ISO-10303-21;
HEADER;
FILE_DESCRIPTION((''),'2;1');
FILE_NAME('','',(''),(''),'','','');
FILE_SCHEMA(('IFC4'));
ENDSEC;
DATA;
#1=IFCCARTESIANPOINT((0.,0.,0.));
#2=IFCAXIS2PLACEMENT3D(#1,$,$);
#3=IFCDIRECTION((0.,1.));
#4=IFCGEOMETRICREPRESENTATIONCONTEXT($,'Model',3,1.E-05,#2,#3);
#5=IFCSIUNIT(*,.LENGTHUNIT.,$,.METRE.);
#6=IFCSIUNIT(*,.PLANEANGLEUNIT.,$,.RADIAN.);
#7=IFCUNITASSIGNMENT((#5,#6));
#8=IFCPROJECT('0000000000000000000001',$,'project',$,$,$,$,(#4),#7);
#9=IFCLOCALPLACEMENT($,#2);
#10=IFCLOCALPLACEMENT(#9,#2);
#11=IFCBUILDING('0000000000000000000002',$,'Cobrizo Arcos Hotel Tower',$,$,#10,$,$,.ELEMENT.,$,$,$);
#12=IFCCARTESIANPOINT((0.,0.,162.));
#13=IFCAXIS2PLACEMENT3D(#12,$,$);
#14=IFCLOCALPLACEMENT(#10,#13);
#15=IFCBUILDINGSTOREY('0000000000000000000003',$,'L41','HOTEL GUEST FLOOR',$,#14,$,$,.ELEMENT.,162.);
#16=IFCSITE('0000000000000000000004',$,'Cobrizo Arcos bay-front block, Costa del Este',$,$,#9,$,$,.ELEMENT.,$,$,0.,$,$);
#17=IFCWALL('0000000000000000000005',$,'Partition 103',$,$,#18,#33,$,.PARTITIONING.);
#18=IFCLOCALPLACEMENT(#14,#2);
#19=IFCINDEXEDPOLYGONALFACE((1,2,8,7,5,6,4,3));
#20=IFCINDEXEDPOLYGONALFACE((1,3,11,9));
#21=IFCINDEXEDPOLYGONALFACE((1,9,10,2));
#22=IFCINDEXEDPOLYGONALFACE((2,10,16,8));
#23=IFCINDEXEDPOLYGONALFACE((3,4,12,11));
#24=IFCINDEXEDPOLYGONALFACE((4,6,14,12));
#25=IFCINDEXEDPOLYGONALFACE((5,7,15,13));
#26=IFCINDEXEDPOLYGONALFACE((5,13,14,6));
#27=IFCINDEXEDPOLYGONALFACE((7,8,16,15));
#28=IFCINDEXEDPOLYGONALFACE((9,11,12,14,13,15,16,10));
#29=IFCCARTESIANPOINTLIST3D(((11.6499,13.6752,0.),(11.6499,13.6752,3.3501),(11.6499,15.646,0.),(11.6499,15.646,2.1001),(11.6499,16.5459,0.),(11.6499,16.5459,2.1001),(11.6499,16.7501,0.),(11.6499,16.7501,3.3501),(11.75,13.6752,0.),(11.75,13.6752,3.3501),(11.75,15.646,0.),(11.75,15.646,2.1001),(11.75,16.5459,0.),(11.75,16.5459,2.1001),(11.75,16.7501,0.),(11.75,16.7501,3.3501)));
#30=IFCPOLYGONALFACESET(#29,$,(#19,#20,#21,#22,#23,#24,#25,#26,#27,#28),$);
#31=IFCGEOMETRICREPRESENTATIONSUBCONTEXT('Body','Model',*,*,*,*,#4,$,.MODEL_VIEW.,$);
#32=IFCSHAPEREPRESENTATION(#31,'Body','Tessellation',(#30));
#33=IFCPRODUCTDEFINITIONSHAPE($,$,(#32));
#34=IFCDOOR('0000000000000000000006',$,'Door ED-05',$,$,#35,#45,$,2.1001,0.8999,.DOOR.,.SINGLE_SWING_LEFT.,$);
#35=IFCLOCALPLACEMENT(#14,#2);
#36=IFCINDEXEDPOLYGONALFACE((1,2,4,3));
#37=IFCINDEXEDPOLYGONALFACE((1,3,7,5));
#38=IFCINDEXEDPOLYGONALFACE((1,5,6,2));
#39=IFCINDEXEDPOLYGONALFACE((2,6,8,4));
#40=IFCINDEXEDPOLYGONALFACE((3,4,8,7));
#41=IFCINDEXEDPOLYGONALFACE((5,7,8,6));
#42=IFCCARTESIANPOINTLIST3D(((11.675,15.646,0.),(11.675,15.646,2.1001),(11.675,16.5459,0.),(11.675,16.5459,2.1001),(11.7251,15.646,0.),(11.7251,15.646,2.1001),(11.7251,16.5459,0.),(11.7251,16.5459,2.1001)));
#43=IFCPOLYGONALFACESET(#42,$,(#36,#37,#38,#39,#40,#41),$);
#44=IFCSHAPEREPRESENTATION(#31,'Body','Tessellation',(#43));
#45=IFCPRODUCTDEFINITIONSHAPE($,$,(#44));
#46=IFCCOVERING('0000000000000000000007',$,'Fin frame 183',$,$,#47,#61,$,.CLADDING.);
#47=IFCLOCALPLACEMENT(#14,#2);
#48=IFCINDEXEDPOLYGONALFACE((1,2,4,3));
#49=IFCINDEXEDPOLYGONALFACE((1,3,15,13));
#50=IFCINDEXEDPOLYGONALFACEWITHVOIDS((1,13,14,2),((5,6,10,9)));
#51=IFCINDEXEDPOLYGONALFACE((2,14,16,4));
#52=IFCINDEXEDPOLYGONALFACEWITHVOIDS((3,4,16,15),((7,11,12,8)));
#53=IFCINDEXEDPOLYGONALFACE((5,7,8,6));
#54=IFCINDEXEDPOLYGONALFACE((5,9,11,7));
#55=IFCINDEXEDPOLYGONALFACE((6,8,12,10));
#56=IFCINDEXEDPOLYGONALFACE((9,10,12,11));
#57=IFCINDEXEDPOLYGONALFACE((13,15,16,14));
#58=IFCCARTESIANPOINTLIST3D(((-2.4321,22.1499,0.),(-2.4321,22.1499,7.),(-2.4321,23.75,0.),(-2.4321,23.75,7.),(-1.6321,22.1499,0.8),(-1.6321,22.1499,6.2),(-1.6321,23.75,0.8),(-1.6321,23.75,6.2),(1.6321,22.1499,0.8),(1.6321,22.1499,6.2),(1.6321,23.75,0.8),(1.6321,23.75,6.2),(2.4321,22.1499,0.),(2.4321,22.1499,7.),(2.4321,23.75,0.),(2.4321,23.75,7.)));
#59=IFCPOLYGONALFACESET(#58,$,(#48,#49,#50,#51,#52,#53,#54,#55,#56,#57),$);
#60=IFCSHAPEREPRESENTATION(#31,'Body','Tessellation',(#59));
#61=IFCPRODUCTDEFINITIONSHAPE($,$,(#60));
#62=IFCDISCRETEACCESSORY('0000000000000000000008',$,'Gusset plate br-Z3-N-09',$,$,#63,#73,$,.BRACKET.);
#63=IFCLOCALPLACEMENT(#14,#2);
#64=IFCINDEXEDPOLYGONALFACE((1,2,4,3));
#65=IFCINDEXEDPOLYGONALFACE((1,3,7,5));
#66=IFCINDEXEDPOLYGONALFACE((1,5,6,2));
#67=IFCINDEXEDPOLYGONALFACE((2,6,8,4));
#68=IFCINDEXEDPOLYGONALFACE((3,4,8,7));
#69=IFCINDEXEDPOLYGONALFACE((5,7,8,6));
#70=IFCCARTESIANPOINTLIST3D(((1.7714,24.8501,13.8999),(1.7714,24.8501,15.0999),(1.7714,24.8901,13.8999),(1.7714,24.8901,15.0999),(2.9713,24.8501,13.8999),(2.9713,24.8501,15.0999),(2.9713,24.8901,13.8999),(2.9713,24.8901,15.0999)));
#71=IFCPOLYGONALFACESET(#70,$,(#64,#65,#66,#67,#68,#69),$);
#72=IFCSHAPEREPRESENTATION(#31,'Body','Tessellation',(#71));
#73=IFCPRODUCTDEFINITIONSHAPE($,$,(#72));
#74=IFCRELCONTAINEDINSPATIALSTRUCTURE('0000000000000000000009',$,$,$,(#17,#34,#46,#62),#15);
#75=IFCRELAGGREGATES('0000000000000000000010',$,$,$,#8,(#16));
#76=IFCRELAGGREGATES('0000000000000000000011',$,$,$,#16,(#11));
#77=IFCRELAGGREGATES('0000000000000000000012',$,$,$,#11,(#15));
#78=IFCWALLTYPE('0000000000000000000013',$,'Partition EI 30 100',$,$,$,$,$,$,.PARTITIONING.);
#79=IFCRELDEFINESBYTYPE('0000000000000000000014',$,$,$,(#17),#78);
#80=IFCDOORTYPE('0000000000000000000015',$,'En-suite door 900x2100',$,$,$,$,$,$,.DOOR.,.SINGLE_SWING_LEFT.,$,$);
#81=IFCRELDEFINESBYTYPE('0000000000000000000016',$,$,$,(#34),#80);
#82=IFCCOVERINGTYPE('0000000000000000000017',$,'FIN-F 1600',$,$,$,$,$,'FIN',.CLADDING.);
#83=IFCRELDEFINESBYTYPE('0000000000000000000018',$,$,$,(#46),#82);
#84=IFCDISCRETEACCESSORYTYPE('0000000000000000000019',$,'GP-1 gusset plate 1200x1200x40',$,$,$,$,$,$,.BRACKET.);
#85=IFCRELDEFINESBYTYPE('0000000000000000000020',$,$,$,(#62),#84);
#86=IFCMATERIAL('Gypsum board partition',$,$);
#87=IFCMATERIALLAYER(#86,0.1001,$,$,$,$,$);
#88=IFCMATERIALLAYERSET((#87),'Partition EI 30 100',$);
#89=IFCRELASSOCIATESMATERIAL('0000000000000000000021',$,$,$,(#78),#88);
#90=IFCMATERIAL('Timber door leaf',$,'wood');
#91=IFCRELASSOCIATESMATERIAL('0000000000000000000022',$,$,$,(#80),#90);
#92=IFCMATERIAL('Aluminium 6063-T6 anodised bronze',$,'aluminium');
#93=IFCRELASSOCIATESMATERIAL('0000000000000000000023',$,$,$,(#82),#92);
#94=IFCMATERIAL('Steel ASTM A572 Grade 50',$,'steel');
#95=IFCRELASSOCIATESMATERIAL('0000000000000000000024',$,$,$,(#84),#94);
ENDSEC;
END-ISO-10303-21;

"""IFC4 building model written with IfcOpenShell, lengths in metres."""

from ifc_helpers import new_model, si_unit, direction, frame, frame_2d, origin, origin_2d, place, context, subcontext, project, spatial, polyline, rectangle, outline, extrude, material, layer, layer_set, type_object, element, fill, save


model = new_model("IFC4")

# Units and contexts
model_context = context("Model", 3, precision=1e-05, world=origin(), true_north=direction((0.0, 1.0)))
body_context = subcontext(model_context, "Body", "Model", "MODEL_VIEW")
ifc_project = project(units=[si_unit("LENGTHUNIT", "METRE"), si_unit("PLANEANGLEUNIT", "RADIAN")], contexts=[model_context])

# Site, building, storey
site_placement = place(None, origin())
site = spatial("IfcSite", under=ifc_project, at=site_placement, Name="Cobrizo Arcos bay-front block, Costa del Este", CompositionType="ELEMENT", RefElevation=0.0)
building_placement = place(site_placement, origin())
building = spatial("IfcBuilding", under=site, at=building_placement, Name="Cobrizo Arcos Hotel Tower", CompositionType="ELEMENT")
storey_placement = place(building_placement, frame((0.0, 0.0, 162.0)))
storey = spatial("IfcBuildingStorey", under=building, at=storey_placement, Name="L41", Description="HOTEL GUEST FLOOR", CompositionType="ELEMENT", Elevation=162.0)

# Shared definitions
ifc_material_1 = material(Name="Steel ASTM A572 Grade 50", Category="steel")

# Shared definitions
ifc_material_2 = material(Name="Aluminium 6063-T6 anodised bronze", Category="aluminium")

# Shared definitions
ifc_material_3 = material(Name="Gypsum board partition")
ifc_layer_1 = layer(ifc_material_3, 0.1001)
ifc_layer_set_1 = layer_set([ifc_layer_1], Name="Partition EI 30 100")
wall_type = type_object("IfcWallType", Name="Partition EI 30 100", PredefinedType="PARTITIONING", material=ifc_layer_set_1)

# Shared definitions
ifc_material_4 = material(Name="Timber door leaf", Category="wood")
door_type = type_object("IfcDoorType", Name="En-suite door 900x2100", OperationType="SINGLE_SWING_LEFT", PredefinedType="DOOR", material=ifc_material_4)

# Wall, opening, door
wall_1_placement = place(storey_placement, frame((11.7, 13.675, 0.0), z_axis=(0.0, 0.0, 1.0), x_axis=(0.0, 1.0, 0.0)))
wall_1 = element("IfcWall", 1, at=wall_1_placement, inside=storey, type_object=wall_type, Name="Partition 103", PredefinedType="PARTITIONING", context=body_context, shape_type="SweptSolid", body=[
    extrude(rectangle(XDim=3.075, YDim=0.1001, at=frame_2d((1.5376, 0.0))), origin(), (0.0, 0.0, 1.0), 3.3501),
])
opening_1_placement = place(wall_1_placement, frame((1.9709, 0.0, 0.0)))
opening_1 = element("IfcOpeningElement", 2, at=opening_1_placement, cuts=wall_1, PredefinedType="OPENING", context=body_context, shape_type="SweptSolid", body=[
    extrude(rectangle(XDim=0.8999, YDim=2.1001, at=frame_2d((0.45, 1.05))), frame((0.0, 0.062, 0.0), z_axis=(0.0, -1.0, 0.0), x_axis=(1.0, 0.0, 0.0)), (0.0, 0.0, 1.0), 0.124),
])
door_1_placement = place(opening_1_placement, origin())
door_1 = element("IfcDoor", 3, at=door_1_placement, inside=storey, type_object=door_type, Name="Door ED-05", OperationType="SINGLE_SWING_LEFT", OverallHeight=2.1001, OverallWidth=0.8999, PredefinedType="DOOR", context=body_context, shape_type="SweptSolid", body=[
    extrude(rectangle(XDim=0.8999, YDim=2.1001, at=frame_2d((0.45, 1.05))), frame((0.0, 0.0249, 0.0), z_axis=(0.0, -1.0, 0.0), x_axis=(1.0, 0.0, 0.0)), (0.0, 0.0, 1.0), 0.05),
])
fill(opening_1, door_1)

# Covering
covering_type = type_object("IfcCoveringType", Name="FIN-F 1600", ElementType="FIN", PredefinedType="CLADDING", material=ifc_material_2)
covering_placement = place(storey_placement, frame((2.4321, 22.1499, 0.0), z_axis=(0.0, 1.0, 0.0), x_axis=(-1.0, 0.0, 0.0)))
element("IfcCovering", 4, at=covering_placement, inside=storey, type_object=covering_type, Name="Fin frame 183", PredefinedType="CLADDING", context=body_context, shape_type="SweptSolid", body=[
    extrude(outline(polyline([(0.0, 7.0), (0.0, 0.0), (4.8643, 0.0), (4.8643, 7.0), (0.0, 7.0)]), holes=[polyline([(4.0642, 0.8), (0.8, 0.8), (0.8, 6.2), (4.0642, 6.2), (4.0642, 0.8)])]), origin(), (0.0, 0.0, 1.0), 1.6001),
])

# Discrete accessory
discrete_accessory_type = type_object("IfcDiscreteAccessoryType", Name="GP-1 gusset plate 1200x1200x40", PredefinedType="BRACKET", material=ifc_material_1)
discrete_accessory_placement = place(storey_placement, frame((2.3713, 24.8701, 13.8999), z_axis=(0.0, 0.0, 1.0), x_axis=(1.0, 0.0, 0.0)))
element("IfcDiscreteAccessory", 5, at=discrete_accessory_placement, inside=storey, type_object=discrete_accessory_type, Name="Gusset plate br-Z3-N-09", PredefinedType="BRACKET", context=body_context, shape_type="SweptSolid", body=[
    extrude(rectangle(XDim=1.2, YDim=0.04, at=origin_2d()), origin(), (0.0, 0.0, 1.0), 1.2),
])

save(model, "model.ifc")
